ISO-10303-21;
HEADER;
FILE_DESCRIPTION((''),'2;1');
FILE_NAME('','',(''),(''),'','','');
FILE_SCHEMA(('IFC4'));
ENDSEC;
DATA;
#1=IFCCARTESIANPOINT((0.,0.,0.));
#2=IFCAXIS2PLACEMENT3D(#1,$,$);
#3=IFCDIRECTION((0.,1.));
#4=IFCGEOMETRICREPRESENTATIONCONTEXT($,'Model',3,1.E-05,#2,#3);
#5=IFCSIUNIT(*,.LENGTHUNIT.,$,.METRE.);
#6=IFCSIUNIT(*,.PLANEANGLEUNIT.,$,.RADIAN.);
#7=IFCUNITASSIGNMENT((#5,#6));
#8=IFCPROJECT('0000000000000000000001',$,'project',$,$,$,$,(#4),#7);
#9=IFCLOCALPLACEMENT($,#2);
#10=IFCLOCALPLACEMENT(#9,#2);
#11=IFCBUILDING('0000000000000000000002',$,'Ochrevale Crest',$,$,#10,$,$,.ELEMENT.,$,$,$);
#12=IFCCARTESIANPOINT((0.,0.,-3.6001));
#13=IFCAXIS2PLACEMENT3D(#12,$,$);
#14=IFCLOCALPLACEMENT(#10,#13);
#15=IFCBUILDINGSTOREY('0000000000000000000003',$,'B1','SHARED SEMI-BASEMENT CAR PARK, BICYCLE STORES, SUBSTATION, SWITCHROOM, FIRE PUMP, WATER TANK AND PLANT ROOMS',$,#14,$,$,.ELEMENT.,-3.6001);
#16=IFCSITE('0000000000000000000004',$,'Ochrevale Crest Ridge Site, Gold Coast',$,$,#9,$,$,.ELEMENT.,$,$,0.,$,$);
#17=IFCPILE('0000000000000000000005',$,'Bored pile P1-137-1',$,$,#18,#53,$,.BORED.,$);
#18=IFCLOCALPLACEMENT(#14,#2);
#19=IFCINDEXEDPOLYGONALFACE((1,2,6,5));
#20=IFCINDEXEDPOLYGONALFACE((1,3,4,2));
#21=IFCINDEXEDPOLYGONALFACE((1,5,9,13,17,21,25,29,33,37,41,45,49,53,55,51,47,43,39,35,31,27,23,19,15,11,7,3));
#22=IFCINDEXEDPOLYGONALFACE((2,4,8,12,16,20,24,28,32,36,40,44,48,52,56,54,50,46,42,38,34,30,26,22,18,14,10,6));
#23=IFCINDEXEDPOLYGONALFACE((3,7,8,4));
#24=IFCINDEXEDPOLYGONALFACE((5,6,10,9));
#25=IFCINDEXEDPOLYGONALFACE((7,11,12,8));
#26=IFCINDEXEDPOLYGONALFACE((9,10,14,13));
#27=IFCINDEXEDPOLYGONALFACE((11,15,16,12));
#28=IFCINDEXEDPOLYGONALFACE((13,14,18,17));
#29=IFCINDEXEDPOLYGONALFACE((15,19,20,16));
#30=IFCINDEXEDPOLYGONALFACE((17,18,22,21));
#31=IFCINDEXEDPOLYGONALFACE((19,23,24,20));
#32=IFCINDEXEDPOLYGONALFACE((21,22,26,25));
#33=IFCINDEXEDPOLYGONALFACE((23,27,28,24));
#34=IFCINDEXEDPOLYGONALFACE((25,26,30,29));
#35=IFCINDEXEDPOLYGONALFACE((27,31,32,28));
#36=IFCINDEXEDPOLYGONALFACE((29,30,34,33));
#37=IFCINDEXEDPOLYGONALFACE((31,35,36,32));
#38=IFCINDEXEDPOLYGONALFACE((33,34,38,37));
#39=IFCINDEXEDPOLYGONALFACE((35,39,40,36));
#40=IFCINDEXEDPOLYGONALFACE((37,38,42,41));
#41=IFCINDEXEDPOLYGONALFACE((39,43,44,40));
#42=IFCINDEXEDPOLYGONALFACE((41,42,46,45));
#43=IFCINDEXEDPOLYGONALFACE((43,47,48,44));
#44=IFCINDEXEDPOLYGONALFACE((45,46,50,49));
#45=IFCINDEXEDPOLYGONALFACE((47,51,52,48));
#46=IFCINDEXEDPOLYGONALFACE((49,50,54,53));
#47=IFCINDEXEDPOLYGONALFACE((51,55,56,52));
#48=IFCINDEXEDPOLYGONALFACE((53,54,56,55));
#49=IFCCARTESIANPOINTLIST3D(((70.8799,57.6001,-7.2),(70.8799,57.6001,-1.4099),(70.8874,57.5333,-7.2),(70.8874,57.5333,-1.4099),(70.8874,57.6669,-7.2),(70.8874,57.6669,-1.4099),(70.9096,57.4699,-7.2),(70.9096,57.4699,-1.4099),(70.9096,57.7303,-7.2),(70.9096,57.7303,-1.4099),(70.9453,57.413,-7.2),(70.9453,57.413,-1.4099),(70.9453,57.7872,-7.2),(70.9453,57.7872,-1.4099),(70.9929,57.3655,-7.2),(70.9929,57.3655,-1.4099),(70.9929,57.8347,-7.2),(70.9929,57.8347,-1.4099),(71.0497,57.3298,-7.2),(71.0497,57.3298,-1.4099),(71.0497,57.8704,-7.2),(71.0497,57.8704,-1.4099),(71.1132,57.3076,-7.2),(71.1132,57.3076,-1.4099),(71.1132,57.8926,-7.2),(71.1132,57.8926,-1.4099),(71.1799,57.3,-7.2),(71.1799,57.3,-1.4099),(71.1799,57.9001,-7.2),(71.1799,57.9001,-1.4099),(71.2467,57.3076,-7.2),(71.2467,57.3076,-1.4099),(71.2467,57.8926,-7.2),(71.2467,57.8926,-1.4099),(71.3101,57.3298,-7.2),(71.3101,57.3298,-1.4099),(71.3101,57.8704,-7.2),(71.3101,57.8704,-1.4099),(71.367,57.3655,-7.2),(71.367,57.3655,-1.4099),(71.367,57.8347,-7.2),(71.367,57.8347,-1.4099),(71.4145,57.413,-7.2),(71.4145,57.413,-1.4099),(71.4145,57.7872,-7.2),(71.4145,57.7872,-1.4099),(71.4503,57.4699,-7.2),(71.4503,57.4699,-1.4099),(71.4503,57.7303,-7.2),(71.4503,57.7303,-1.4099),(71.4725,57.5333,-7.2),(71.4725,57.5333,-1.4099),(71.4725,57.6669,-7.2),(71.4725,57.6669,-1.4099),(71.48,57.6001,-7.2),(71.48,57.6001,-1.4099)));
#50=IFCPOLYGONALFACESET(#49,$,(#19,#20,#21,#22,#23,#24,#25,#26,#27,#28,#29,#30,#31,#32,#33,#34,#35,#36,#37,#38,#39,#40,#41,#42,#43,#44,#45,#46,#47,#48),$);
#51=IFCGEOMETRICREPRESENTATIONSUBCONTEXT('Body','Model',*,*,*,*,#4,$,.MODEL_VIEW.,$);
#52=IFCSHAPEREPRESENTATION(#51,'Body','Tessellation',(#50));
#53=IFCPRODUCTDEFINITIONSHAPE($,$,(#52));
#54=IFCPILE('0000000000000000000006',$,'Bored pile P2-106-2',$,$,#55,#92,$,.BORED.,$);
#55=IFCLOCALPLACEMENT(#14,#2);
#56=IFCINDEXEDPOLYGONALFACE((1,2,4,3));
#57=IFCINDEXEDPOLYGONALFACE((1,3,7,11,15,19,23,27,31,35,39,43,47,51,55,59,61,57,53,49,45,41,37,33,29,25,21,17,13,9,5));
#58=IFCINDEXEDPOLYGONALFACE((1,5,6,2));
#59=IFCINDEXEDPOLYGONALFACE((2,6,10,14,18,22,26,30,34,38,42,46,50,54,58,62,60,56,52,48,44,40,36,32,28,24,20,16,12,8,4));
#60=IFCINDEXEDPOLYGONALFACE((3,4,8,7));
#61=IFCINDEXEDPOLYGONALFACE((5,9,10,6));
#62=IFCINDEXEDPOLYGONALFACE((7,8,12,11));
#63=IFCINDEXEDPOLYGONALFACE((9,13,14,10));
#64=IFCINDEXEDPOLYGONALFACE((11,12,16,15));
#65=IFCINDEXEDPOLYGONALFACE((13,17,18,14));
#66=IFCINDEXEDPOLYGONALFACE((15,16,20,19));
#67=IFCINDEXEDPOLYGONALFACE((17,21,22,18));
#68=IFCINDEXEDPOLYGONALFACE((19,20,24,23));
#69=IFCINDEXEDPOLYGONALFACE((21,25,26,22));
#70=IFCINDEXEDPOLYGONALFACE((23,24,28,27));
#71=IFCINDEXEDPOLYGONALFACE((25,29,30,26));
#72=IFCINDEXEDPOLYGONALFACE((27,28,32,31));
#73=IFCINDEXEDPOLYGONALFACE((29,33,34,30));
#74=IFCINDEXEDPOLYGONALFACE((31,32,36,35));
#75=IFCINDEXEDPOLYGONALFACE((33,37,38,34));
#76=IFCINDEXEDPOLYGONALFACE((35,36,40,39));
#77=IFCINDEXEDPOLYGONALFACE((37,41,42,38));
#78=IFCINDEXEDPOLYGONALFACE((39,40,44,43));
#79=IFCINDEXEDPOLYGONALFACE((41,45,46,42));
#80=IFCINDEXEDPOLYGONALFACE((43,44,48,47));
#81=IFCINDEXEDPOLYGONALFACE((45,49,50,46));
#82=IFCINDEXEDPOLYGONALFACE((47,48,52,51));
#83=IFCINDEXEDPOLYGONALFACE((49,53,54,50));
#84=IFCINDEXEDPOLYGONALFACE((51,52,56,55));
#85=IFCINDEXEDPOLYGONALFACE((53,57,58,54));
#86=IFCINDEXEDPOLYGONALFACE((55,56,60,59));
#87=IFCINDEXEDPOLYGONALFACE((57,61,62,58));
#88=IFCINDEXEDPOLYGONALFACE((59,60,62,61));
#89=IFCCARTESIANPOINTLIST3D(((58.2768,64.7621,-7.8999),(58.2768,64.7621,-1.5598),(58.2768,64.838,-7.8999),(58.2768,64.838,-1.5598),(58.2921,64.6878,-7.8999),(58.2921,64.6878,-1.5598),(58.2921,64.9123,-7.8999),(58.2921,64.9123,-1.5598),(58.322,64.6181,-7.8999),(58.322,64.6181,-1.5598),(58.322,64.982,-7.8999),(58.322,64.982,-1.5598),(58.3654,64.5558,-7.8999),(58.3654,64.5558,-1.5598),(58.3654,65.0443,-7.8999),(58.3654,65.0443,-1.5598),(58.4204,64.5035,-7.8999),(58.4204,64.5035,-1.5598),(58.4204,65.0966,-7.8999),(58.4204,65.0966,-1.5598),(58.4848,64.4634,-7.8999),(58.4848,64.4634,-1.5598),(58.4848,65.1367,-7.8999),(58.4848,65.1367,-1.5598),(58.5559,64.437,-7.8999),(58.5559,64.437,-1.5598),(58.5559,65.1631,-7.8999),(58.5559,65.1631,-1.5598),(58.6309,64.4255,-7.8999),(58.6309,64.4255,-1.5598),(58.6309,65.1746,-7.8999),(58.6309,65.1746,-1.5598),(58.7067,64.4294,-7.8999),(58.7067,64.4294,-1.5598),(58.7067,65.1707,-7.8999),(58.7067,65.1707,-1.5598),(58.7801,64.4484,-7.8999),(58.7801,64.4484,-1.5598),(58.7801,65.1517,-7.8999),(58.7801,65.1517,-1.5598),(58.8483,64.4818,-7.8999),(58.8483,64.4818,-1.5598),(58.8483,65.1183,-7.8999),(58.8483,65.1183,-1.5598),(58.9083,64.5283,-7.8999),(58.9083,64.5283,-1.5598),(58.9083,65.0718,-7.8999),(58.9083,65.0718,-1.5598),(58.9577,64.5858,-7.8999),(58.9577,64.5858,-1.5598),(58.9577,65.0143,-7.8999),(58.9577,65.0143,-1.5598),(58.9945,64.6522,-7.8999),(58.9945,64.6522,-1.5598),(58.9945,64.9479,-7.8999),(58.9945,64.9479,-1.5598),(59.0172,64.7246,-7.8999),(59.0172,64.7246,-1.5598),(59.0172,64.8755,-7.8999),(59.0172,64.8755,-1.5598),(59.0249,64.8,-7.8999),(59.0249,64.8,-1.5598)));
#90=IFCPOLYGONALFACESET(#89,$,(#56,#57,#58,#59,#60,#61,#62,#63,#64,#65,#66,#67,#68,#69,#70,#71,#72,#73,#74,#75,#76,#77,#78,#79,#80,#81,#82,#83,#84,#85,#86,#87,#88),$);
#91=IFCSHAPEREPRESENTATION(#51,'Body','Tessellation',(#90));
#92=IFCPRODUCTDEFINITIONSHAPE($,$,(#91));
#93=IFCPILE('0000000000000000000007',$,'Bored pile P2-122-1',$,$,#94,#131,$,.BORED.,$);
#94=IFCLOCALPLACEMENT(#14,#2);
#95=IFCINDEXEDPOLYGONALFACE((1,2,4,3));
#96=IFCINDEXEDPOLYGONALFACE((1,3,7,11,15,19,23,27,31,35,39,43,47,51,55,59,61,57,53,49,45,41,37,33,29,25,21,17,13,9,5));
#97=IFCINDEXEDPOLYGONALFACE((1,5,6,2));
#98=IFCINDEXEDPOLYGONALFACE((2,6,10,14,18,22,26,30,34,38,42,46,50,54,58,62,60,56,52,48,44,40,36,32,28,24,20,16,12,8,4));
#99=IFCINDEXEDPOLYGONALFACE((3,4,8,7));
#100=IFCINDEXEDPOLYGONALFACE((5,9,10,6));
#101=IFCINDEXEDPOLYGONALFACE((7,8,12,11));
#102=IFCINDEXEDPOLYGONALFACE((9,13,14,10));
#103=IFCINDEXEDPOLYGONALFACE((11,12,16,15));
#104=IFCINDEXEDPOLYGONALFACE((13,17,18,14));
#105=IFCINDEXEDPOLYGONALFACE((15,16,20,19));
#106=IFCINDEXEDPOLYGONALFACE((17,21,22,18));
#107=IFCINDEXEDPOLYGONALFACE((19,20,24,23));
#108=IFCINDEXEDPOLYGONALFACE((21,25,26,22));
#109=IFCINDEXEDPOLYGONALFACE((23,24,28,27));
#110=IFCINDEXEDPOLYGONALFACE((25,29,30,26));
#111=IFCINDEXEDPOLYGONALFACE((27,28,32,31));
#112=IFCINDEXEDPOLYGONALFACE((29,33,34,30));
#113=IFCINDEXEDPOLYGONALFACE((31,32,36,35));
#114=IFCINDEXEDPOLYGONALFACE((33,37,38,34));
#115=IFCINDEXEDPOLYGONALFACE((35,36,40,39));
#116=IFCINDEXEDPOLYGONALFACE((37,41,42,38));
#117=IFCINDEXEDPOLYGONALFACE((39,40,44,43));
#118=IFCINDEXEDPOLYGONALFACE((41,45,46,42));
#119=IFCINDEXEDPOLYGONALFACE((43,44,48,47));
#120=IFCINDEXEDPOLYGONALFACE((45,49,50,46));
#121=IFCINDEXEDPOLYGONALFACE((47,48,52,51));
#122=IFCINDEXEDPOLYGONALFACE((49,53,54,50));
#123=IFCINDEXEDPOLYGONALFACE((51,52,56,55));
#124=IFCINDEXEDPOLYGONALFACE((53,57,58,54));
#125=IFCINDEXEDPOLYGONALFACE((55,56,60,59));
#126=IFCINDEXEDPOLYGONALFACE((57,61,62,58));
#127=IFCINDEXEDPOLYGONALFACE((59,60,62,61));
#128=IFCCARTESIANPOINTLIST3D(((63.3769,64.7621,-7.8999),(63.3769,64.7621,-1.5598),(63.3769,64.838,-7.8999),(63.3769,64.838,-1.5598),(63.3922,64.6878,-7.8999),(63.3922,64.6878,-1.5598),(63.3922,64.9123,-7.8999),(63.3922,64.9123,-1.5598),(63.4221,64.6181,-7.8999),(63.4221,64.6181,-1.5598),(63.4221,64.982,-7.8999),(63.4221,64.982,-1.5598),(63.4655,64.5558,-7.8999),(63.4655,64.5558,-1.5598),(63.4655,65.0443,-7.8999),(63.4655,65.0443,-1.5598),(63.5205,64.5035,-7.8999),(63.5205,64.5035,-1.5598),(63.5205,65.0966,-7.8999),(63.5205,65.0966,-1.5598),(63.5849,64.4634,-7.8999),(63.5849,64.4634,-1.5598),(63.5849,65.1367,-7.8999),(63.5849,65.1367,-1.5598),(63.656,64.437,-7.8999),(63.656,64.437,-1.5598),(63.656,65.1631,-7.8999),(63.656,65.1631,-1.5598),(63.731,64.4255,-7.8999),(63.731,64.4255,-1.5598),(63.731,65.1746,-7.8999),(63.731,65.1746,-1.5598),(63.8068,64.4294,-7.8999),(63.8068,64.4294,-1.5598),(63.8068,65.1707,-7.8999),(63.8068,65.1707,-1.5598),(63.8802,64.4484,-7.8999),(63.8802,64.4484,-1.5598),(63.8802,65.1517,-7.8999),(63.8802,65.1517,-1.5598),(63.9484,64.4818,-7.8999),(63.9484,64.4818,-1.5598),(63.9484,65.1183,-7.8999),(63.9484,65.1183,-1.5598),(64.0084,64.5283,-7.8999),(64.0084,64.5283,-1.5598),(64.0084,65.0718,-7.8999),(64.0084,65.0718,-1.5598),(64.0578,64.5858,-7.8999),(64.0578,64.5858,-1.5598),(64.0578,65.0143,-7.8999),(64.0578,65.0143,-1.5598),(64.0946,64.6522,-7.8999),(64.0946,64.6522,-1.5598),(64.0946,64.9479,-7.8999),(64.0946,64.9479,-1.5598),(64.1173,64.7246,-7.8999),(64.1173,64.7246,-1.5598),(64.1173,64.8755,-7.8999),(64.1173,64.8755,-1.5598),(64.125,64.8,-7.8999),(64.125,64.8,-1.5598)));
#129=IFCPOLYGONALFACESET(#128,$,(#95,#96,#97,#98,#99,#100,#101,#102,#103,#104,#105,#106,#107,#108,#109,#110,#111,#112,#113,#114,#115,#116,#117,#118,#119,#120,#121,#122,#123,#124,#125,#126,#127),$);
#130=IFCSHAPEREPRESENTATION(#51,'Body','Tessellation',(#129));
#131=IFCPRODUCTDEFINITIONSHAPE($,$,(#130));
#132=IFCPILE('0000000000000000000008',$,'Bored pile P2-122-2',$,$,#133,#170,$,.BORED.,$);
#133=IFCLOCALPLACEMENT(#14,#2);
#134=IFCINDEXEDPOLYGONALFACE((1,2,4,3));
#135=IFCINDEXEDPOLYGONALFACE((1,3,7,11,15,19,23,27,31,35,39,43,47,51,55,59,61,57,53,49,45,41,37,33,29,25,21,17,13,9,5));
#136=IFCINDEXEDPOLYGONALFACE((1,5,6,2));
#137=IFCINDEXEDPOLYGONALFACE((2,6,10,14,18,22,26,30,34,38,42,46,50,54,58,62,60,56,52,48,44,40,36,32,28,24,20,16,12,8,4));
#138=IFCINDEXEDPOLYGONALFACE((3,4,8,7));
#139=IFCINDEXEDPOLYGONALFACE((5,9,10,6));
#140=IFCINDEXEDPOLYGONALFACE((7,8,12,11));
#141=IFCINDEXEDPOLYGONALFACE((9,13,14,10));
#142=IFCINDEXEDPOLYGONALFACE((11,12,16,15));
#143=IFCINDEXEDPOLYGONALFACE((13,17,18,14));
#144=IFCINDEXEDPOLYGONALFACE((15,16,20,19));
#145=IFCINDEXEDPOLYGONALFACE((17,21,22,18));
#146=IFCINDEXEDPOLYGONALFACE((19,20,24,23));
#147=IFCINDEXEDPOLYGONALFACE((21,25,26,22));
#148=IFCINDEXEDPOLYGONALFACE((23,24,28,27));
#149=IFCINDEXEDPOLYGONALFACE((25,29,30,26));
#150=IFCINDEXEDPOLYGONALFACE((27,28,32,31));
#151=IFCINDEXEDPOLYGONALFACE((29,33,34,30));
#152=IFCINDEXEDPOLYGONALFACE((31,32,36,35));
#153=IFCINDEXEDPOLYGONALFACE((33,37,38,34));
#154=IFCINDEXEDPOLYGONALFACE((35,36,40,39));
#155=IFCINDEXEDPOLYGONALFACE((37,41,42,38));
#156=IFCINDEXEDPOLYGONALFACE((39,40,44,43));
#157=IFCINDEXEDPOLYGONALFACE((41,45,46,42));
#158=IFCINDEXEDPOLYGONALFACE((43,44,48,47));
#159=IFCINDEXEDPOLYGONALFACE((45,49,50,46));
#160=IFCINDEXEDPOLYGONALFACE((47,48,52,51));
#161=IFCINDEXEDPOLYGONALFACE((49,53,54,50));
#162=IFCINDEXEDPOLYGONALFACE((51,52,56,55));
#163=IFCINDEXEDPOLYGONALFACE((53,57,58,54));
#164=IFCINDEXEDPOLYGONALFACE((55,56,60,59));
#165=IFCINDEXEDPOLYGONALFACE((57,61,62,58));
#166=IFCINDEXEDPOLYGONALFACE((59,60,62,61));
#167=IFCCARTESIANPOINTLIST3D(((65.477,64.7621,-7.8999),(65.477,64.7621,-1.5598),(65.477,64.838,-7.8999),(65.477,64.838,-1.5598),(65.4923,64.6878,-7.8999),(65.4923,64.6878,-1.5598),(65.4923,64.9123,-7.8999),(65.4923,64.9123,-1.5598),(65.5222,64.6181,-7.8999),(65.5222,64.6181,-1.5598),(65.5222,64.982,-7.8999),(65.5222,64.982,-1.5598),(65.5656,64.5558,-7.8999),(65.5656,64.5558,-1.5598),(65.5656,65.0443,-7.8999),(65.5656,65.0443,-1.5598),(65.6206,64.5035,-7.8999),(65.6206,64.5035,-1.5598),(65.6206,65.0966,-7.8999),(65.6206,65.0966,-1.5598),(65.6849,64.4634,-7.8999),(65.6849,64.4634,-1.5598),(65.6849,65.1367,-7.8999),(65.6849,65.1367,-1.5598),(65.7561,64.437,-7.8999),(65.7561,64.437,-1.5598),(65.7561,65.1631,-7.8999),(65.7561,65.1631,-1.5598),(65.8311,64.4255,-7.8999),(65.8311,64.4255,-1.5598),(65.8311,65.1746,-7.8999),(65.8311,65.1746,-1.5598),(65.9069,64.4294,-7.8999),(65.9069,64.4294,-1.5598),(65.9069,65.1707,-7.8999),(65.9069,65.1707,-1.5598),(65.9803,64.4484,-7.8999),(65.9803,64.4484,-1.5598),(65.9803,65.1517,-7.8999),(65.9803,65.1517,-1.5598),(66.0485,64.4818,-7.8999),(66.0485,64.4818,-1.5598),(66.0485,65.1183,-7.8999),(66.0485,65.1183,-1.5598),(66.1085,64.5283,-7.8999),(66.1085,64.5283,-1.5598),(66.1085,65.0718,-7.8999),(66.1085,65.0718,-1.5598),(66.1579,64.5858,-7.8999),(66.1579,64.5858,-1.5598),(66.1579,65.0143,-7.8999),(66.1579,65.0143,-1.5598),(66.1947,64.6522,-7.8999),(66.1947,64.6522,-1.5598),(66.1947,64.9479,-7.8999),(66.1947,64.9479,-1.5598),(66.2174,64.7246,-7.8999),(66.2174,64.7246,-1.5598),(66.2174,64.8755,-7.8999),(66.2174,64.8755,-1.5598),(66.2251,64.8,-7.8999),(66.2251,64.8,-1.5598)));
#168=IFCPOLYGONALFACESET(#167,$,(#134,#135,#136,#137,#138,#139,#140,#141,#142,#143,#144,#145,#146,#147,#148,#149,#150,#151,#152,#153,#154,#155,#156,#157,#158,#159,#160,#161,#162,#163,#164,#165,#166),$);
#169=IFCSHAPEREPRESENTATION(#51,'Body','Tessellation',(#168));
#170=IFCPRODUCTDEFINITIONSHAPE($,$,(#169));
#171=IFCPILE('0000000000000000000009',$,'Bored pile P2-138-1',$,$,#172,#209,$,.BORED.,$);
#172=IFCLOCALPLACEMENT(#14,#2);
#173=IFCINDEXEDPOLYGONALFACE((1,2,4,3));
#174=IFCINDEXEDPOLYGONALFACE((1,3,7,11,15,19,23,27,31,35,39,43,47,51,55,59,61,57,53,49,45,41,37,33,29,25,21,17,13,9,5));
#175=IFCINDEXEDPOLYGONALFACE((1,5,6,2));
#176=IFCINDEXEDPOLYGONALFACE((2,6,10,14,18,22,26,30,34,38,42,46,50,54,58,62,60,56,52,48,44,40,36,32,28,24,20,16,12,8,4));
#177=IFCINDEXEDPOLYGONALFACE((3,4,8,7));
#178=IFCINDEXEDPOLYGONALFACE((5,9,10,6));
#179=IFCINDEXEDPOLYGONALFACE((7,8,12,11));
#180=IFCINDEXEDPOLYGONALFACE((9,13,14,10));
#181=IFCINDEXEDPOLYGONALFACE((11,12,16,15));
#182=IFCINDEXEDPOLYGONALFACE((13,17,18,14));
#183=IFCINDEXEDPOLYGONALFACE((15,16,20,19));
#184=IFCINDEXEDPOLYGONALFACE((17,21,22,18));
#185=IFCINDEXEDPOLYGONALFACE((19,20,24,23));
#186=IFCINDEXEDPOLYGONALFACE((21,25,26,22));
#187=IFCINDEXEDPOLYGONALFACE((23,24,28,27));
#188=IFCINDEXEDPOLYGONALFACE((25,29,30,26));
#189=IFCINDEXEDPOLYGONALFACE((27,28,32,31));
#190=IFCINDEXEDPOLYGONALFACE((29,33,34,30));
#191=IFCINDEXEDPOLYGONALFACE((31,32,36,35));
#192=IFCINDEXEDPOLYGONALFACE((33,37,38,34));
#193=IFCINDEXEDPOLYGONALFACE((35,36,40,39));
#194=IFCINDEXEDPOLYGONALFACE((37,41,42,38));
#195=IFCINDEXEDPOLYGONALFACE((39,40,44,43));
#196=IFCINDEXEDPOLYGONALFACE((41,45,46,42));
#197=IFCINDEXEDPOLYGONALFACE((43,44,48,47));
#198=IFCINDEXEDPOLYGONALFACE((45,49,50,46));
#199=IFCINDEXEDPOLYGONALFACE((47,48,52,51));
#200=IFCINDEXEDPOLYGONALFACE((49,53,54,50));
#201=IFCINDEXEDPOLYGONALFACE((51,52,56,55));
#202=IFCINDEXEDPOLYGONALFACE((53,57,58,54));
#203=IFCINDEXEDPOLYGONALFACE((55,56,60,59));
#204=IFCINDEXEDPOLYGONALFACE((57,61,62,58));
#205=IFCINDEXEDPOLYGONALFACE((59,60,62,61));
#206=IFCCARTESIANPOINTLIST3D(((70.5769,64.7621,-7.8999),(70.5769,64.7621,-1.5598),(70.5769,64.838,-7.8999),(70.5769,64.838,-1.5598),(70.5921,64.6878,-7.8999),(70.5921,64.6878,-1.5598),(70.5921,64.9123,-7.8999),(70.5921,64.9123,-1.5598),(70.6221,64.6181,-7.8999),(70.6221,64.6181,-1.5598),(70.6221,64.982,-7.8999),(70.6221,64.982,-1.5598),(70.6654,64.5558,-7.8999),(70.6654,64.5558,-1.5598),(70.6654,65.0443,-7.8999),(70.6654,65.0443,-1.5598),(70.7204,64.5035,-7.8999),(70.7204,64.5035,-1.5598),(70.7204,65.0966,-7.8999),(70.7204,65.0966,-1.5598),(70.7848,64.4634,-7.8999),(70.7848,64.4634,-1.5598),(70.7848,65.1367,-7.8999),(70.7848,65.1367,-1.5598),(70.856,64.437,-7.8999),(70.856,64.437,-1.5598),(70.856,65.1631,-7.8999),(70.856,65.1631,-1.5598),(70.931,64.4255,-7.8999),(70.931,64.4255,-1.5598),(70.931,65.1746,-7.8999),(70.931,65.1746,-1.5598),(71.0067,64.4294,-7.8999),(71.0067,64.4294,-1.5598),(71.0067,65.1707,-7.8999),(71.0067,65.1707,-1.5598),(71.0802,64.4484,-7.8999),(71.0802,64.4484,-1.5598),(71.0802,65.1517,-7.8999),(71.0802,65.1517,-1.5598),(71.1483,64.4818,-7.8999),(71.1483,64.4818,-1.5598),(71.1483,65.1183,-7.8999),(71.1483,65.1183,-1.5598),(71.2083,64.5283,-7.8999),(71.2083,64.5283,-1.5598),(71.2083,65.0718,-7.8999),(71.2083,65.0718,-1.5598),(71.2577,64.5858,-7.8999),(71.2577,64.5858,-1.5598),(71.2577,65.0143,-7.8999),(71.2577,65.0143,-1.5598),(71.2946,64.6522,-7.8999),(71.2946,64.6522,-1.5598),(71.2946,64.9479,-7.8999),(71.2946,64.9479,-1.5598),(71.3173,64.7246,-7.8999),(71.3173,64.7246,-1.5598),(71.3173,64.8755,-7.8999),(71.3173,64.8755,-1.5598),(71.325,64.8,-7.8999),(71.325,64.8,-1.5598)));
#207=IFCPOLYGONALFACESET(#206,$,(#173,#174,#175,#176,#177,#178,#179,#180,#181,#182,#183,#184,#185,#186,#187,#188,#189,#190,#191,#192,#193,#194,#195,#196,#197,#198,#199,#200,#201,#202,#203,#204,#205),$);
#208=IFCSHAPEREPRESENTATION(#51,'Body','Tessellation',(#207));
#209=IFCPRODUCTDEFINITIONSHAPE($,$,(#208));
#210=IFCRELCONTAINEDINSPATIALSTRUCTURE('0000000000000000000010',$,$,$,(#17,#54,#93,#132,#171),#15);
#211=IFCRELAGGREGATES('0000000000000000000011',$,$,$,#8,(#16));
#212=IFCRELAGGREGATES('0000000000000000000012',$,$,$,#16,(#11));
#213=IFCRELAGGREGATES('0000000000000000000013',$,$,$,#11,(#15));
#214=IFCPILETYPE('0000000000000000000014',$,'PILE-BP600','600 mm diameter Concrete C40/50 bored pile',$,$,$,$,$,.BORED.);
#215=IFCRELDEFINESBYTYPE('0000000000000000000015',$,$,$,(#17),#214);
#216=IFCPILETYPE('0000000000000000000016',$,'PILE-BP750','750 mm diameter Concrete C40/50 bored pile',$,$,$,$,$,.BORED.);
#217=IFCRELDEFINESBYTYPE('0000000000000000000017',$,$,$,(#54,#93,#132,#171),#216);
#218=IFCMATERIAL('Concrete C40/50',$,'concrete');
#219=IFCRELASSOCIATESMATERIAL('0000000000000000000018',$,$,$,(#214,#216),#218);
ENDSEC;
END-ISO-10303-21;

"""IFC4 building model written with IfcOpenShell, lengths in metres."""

from ifc_helpers import new_model, si_unit, direction, frame, origin, origin_2d, place, context, subcontext, project, spatial, circle, extrude, material, material_profile, profile_set, type_object, element, save


model = new_model("IFC4")

# Units and contexts
model_context = context("Model", 3, precision=1e-05, world=origin(), true_north=direction((0.0, 1.0)))
body_context = subcontext(model_context, "Body", "Model", "MODEL_VIEW")
ifc_project = project(units=[si_unit("LENGTHUNIT", "METRE"), si_unit("PLANEANGLEUNIT", "RADIAN")], contexts=[model_context])

# Site, building, storey
site_placement = place(None, origin())
site = spatial("IfcSite", under=ifc_project, at=site_placement, Name="Ochrevale Crest Ridge Site, Gold Coast", CompositionType="ELEMENT", RefElevation=0.0)
building_placement = place(site_placement, origin())
building = spatial("IfcBuilding", under=site, at=building_placement, Name="Ochrevale Crest", CompositionType="ELEMENT")
storey_placement = place(building_placement, frame((0.0, 0.0, -3.6001)))
storey = spatial("IfcBuildingStorey", under=building, at=storey_placement, Name="B1", Description="SHARED SEMI-BASEMENT CAR PARK, BICYCLE STORES, SUBSTATION, SWITCHROOM, FIRE PUMP, WATER TANK AND PLANT ROOMS", CompositionType="ELEMENT", Elevation=-3.6001)

# Shared definitions
ifc_material_1 = material(Name="Concrete C40/50", Category="concrete")

# Piles
ifc_material_profile_1 = material_profile(ifc_material_1, circle(Radius=0.3, at=origin_2d()), Name="BORED PILE 600")
ifc_profile_set_1 = profile_set([ifc_material_profile_1], Name="Concrete C40/50")
pile_type_1 = type_object("IfcPileType", Name="PILE-BP600", Description="600 mm diameter Concrete C40/50 bored pile", PredefinedType="BORED", material=ifc_profile_set_1)
for number, where, z_axis, x_axis, name in (
    (1, (71.1799, 57.6001, -1.4099), (0.0, 0.0, -1.0), (1.0, 0.0, 0.0), "Bored pile P1-137-1"),
):
    element("IfcPile", number, at=place(storey_placement, frame(where, z_axis=z_axis, x_axis=x_axis)), inside=storey, type_object=pile_type_1, Name=name, PredefinedType="BORED", context=body_context, shape_type="SweptSolid", body=[
        extrude(circle(Radius=0.3, at=origin_2d()), origin(), (0.0, 0.0, 1.0), 5.79),
    ])
ifc_material_profile_2 = material_profile(ifc_material_1, circle(Radius=0.375, at=origin_2d()), Name="BORED PILE 750")
ifc_profile_set_2 = profile_set([ifc_material_profile_2], Name="Concrete C40/50")
pile_type_2 = type_object("IfcPileType", Name="PILE-BP750", Description="750 mm diameter Concrete C40/50 bored pile", PredefinedType="BORED", material=ifc_profile_set_2)
for number, where, z_axis, x_axis, name in (
    (2, (58.6499, 64.8, -1.5598), (0.0, 0.0, -1.0), (1.0, 0.0, 0.0), "Bored pile P2-106-2"),
    (3, (63.75, 64.8, -1.5598), (0.0, 0.0, -1.0), (1.0, 0.0, 0.0), "Bored pile P2-122-1"),
    (4, (65.8501, 64.8, -1.5598), (0.0, 0.0, -1.0), (1.0, 0.0, 0.0), "Bored pile P2-122-2"),
    (5, (70.95, 64.8, -1.5598), (0.0, 0.0, -1.0), (1.0, 0.0, 0.0), "Bored pile P2-138-1"),
):
    element("IfcPile", number, at=place(storey_placement, frame(where, z_axis=z_axis, x_axis=x_axis)), inside=storey, type_object=pile_type_2, Name=name, PredefinedType="BORED", context=body_context, shape_type="SweptSolid", body=[
        extrude(circle(Radius=0.375, at=origin_2d()), origin(), (0.0, 0.0, 1.0), 6.3401),
    ])

save(model, "model.ifc")
